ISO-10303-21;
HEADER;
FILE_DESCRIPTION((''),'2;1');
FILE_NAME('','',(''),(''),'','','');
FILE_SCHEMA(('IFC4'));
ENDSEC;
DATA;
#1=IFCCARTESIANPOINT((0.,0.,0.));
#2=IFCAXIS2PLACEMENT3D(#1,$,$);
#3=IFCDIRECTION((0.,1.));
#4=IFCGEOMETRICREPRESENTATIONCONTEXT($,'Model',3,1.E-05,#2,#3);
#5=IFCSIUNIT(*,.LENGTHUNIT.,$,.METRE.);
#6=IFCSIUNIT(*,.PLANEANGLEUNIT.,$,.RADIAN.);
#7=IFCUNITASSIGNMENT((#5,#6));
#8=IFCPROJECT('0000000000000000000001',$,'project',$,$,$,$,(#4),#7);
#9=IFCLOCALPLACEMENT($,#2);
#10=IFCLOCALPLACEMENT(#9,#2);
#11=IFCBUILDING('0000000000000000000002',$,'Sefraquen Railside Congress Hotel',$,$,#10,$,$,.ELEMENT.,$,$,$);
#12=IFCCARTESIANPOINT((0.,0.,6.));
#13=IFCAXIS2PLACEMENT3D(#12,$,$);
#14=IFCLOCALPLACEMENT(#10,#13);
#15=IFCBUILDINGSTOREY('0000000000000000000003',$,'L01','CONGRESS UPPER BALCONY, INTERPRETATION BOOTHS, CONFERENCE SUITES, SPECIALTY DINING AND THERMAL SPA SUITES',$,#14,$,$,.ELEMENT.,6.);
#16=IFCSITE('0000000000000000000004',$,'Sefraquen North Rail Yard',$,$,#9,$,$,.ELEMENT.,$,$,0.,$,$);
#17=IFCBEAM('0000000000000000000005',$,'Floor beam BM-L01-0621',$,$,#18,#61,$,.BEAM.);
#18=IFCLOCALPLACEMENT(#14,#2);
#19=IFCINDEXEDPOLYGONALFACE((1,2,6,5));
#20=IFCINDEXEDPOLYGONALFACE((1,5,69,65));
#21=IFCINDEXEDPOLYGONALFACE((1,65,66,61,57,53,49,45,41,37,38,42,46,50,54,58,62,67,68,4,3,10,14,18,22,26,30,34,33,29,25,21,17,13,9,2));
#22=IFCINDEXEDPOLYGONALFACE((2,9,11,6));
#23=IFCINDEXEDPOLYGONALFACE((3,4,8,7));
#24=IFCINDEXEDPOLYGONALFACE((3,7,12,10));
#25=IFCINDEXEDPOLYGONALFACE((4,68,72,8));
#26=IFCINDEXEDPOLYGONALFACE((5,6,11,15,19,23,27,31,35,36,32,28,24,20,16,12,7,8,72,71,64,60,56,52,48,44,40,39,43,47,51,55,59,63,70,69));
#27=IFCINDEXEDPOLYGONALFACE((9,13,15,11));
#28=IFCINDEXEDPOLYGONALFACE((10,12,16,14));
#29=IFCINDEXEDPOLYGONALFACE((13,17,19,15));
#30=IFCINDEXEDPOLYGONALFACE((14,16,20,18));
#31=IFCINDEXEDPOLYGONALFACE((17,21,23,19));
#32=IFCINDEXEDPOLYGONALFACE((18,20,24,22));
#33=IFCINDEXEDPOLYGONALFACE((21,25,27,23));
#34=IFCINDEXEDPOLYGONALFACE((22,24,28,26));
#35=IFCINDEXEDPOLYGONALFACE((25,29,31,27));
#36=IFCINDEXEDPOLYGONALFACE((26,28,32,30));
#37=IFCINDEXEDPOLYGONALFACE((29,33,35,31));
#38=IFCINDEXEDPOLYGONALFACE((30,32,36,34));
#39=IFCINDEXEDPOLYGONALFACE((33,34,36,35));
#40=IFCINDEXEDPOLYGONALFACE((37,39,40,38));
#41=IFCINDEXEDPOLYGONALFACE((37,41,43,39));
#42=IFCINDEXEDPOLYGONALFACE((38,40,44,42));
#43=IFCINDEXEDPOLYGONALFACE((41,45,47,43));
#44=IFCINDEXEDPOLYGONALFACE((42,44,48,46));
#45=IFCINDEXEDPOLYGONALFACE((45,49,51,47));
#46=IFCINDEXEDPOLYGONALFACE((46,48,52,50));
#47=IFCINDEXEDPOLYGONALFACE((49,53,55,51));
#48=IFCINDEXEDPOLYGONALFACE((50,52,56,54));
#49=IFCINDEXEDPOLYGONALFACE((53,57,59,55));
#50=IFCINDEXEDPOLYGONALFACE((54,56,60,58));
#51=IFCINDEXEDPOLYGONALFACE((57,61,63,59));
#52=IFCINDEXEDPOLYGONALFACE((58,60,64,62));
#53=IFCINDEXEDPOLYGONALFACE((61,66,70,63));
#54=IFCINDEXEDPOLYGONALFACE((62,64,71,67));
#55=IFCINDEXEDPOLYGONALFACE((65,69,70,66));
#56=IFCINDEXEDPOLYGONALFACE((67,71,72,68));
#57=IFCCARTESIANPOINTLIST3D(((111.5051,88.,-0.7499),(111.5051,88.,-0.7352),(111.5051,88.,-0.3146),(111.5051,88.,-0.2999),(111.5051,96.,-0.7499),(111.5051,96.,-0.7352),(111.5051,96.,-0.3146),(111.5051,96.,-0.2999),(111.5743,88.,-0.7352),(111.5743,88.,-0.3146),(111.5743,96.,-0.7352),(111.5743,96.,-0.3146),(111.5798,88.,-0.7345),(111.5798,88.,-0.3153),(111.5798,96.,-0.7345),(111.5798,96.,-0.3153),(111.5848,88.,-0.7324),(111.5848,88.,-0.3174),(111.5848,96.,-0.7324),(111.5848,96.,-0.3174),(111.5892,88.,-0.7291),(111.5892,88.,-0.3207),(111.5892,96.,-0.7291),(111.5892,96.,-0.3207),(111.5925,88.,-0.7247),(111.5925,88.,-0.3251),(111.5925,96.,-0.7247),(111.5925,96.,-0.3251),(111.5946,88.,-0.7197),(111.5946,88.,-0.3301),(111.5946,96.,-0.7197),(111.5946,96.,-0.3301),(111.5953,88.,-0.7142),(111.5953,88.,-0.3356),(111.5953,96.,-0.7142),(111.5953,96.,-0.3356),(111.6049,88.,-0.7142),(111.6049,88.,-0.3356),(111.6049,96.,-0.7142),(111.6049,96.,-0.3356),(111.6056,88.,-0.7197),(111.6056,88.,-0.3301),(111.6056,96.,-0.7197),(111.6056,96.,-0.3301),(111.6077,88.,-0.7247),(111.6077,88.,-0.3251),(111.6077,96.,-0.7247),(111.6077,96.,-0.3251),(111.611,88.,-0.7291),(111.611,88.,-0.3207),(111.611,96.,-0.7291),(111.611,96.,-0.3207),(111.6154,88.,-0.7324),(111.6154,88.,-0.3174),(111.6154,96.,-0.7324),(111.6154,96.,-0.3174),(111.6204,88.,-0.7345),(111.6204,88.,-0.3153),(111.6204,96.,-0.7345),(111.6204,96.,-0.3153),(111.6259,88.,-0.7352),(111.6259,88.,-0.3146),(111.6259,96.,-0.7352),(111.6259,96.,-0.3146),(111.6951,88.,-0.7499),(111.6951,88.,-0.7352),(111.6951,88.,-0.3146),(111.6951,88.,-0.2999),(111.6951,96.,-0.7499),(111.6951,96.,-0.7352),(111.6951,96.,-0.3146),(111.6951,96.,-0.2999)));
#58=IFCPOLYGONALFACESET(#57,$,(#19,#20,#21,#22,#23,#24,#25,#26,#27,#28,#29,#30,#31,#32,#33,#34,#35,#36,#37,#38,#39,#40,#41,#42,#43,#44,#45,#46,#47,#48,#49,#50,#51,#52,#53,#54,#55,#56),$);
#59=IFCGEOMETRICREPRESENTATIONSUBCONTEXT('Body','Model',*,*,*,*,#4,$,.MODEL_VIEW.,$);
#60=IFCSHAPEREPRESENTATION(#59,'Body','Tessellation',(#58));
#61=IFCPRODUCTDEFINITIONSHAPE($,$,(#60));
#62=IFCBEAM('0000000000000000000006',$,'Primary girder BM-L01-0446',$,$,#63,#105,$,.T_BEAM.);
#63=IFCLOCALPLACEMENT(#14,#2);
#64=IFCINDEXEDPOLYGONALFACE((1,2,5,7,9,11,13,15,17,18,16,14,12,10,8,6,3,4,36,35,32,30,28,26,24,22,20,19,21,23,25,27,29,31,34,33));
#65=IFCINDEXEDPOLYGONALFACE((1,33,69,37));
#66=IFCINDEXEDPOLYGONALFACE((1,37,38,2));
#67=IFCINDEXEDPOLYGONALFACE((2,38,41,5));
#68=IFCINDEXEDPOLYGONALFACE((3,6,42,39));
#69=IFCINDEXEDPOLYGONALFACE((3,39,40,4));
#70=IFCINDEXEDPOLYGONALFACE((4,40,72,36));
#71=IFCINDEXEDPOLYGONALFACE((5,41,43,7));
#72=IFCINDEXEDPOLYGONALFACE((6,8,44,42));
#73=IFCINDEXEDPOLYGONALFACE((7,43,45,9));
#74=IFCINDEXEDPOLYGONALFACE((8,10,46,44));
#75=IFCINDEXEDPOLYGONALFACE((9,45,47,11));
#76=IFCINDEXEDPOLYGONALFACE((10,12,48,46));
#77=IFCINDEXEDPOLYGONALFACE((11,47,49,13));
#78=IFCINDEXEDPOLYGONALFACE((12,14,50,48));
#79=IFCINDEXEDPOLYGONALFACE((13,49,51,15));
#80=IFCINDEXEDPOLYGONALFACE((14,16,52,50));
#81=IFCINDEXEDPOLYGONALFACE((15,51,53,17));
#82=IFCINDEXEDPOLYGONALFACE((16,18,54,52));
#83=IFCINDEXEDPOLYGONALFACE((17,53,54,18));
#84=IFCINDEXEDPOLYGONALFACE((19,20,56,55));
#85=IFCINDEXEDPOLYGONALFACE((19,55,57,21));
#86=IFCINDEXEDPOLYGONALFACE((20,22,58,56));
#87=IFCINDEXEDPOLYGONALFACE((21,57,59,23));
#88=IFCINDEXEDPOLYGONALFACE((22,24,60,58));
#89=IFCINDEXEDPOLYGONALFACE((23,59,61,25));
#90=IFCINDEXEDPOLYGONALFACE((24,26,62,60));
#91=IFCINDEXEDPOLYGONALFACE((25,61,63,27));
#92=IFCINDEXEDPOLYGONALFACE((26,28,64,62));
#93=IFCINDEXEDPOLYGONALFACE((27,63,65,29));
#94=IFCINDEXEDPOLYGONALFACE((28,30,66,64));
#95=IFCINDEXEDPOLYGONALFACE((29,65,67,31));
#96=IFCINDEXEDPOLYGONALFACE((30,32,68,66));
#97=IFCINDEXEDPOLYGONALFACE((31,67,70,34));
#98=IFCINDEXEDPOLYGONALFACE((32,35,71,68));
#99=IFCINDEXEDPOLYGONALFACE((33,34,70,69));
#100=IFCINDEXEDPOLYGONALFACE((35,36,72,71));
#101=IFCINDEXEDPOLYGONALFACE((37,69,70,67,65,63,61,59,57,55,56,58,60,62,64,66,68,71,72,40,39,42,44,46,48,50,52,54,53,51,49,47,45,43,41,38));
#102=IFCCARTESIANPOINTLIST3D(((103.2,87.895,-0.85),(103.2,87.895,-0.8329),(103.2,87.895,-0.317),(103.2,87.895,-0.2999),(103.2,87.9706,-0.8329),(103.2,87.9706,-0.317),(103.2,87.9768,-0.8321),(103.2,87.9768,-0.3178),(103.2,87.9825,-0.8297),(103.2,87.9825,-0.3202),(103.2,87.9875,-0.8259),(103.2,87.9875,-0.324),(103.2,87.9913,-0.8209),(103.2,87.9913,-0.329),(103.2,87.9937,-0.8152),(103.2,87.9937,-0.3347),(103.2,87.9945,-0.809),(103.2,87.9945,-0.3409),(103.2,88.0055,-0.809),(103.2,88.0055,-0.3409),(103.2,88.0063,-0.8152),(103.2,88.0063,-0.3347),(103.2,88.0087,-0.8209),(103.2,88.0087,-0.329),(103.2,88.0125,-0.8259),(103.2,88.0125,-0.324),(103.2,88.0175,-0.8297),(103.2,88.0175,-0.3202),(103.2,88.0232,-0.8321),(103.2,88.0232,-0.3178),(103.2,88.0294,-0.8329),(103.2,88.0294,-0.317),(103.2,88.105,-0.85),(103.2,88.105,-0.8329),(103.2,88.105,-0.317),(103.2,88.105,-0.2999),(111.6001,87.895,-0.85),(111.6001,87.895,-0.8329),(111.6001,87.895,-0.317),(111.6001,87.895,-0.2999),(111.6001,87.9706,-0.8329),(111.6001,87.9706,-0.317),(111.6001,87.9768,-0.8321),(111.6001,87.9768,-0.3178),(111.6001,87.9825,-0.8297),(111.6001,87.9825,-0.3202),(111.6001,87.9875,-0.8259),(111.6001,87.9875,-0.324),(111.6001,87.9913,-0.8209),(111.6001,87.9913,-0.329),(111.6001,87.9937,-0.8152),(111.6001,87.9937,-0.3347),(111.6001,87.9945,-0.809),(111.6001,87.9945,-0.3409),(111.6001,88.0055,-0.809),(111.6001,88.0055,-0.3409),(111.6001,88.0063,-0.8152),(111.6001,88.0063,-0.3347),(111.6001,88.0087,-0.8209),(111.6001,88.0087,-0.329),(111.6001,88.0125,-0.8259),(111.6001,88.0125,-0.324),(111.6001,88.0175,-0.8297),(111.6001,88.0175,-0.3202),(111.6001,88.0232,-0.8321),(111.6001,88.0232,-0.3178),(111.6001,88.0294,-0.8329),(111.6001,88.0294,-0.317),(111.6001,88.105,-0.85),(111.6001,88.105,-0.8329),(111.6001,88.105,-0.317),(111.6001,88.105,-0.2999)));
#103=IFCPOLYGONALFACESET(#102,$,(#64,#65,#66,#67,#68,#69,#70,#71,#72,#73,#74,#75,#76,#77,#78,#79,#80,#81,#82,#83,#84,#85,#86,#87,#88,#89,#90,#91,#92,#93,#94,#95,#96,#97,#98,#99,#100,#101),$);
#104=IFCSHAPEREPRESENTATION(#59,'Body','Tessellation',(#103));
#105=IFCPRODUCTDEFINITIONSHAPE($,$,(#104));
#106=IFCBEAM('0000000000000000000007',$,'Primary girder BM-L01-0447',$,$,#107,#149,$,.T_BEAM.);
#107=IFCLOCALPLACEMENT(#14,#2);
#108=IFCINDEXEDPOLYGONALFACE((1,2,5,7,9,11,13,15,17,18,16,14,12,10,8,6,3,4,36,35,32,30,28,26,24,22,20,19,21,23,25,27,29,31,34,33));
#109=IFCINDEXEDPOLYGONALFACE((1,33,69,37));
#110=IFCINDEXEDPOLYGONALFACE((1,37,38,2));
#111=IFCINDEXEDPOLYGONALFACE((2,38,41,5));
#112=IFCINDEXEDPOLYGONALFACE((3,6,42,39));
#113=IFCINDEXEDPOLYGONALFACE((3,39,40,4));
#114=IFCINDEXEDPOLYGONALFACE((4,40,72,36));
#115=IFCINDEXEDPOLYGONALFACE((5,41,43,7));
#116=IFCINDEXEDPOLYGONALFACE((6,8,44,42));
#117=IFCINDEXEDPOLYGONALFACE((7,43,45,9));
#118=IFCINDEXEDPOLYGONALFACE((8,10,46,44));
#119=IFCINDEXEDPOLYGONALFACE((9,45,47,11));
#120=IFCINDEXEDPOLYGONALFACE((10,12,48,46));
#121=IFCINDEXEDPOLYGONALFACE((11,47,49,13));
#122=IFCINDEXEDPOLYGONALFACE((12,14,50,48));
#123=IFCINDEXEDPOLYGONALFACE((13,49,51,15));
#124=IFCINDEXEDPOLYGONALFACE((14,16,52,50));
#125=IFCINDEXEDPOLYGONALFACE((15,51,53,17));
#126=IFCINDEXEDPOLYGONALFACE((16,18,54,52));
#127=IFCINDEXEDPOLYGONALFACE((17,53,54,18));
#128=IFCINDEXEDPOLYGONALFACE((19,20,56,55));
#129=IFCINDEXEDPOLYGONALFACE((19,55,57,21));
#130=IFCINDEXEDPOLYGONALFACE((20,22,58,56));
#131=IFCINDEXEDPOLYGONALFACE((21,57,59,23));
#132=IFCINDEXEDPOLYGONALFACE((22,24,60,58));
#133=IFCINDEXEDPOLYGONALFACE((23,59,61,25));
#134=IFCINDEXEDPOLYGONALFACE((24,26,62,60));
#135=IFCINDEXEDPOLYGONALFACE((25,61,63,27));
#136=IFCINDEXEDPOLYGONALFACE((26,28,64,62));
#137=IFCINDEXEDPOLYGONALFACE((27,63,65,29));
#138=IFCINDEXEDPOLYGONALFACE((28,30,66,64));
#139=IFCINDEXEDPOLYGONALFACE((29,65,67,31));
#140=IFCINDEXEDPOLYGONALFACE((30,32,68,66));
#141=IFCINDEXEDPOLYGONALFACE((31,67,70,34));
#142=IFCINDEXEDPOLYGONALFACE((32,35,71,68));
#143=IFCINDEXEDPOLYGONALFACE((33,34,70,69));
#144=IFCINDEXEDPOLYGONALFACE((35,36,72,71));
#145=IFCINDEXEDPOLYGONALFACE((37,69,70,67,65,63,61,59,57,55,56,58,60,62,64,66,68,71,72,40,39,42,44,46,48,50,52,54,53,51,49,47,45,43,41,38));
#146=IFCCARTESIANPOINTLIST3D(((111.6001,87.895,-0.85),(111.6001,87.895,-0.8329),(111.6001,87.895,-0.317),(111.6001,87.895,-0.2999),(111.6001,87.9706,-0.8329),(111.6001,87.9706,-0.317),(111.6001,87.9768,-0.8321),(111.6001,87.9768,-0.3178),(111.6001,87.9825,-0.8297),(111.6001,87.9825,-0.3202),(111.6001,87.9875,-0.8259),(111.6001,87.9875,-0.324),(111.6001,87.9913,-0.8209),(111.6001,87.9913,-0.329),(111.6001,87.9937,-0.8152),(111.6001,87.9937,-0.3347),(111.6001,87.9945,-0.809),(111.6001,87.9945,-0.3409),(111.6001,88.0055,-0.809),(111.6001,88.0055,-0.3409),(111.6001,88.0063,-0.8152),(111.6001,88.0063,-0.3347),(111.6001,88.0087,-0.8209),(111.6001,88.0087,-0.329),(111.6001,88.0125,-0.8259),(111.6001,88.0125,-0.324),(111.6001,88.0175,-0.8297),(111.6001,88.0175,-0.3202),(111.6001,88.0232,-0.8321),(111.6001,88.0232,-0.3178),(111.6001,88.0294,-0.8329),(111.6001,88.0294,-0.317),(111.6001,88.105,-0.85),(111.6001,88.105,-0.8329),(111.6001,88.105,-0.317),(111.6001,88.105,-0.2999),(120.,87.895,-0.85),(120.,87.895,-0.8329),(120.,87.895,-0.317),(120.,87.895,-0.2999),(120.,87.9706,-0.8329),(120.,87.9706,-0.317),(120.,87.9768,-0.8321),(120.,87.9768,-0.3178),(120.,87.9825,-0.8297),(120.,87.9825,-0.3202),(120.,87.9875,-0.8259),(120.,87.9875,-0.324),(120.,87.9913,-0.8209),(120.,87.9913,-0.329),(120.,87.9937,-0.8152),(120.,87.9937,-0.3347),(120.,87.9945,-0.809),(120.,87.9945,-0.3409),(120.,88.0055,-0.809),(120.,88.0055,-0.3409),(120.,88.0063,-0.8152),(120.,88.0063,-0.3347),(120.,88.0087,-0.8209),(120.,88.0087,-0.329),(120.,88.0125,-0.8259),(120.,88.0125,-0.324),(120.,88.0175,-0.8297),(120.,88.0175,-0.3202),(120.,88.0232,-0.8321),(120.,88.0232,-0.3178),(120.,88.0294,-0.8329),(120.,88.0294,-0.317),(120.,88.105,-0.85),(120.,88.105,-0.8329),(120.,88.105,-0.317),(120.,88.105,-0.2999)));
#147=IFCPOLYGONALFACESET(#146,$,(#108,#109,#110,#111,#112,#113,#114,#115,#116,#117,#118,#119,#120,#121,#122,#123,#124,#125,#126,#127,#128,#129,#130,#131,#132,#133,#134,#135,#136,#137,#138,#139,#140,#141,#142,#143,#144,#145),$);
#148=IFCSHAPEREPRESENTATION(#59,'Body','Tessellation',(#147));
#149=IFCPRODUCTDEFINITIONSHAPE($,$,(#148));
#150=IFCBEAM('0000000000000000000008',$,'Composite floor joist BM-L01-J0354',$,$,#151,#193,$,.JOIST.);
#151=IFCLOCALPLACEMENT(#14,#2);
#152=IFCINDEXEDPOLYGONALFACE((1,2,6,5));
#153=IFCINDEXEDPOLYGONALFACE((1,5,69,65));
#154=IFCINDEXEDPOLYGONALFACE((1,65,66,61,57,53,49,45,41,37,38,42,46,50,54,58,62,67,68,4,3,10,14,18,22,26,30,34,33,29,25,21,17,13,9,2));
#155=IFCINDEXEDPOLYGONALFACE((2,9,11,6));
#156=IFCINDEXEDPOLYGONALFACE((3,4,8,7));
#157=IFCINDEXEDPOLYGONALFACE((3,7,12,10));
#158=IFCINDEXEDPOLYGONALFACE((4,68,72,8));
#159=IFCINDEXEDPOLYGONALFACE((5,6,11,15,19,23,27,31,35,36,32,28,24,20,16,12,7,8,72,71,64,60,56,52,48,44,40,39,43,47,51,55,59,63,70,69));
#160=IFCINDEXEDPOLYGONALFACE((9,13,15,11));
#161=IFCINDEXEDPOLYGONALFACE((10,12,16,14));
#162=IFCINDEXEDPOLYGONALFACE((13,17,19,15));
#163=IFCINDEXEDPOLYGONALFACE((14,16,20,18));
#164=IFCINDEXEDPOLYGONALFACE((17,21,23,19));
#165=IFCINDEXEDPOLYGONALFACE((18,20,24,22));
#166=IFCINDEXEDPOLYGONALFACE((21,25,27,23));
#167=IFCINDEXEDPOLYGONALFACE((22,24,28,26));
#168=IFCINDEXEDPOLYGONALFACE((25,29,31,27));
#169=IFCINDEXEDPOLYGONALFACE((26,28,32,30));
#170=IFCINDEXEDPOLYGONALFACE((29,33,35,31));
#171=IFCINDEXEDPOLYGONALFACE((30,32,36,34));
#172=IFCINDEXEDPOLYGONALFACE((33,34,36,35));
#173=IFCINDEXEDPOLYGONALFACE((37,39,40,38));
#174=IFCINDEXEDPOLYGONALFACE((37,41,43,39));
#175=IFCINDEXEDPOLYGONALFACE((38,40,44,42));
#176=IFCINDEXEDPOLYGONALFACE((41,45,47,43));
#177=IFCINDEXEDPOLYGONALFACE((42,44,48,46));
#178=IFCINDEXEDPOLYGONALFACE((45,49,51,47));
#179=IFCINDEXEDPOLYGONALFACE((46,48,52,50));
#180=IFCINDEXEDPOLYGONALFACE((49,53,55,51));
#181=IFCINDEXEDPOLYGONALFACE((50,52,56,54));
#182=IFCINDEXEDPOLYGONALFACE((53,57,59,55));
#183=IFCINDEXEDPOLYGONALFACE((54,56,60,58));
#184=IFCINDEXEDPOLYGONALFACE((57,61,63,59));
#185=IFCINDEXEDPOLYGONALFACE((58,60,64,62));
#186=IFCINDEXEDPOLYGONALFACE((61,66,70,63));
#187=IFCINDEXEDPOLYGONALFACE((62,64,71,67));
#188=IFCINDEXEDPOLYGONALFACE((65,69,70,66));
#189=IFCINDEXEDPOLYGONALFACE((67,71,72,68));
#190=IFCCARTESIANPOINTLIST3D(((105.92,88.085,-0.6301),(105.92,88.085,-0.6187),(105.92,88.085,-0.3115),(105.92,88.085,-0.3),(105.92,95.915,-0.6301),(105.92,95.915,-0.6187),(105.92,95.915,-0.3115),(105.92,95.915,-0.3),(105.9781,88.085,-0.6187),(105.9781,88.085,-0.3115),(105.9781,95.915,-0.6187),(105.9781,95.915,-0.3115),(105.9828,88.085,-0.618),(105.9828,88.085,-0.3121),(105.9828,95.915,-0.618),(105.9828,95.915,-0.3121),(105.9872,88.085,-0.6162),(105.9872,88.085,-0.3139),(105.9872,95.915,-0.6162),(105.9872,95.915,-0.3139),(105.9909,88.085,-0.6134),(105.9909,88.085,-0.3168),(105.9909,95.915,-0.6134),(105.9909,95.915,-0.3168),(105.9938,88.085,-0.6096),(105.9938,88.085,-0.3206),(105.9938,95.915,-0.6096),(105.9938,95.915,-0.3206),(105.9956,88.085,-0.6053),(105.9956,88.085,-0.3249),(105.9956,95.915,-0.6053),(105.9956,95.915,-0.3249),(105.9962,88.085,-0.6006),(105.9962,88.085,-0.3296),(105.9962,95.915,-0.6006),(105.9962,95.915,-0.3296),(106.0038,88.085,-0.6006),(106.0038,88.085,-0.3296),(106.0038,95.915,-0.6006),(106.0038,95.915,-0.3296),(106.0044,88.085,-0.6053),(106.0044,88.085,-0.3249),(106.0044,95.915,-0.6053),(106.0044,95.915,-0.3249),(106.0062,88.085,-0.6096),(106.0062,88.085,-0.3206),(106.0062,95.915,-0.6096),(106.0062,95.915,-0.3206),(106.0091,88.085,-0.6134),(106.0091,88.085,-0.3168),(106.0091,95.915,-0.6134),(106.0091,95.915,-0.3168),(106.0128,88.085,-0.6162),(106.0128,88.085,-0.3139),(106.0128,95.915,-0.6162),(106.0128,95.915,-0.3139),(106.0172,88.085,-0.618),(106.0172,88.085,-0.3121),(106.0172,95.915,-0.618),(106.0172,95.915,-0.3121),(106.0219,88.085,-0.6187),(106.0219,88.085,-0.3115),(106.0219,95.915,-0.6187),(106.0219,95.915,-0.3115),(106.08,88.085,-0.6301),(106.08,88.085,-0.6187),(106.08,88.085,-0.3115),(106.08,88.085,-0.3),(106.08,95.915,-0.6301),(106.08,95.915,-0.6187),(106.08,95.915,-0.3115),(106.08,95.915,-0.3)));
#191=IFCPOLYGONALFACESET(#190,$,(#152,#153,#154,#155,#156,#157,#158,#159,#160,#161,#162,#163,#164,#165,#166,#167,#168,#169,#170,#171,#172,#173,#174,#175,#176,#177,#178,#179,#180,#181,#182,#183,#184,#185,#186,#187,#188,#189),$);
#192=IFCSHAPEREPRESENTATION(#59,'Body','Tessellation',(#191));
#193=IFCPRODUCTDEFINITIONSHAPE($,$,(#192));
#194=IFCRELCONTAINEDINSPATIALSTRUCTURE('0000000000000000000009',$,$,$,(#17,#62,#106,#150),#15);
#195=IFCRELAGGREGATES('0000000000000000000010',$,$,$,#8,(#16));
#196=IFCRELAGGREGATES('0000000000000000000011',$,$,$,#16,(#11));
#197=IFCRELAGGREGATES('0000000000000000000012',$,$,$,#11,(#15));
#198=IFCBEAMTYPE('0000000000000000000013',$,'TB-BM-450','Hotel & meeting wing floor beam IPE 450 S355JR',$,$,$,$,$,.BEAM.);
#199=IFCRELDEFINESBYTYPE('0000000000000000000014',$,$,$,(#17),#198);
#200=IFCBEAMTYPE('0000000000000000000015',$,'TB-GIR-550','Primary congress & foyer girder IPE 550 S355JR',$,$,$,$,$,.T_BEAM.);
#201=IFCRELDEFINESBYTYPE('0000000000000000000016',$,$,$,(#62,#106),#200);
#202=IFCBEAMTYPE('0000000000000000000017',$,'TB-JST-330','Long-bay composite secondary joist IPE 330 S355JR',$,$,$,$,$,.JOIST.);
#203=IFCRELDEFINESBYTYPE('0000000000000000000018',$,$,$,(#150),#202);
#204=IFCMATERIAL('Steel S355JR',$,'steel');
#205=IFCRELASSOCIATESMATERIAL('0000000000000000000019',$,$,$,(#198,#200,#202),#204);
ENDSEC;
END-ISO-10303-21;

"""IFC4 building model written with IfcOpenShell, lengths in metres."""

from ifc_helpers import new_model, si_unit, direction, frame, origin, origin_2d, place, context, subcontext, project, spatial, i_section, extrude, material, material_profile, profile_set, type_object, element, save


model = new_model("IFC4")

# Units and contexts
model_context = context("Model", 3, precision=1e-05, world=origin(), true_north=direction((0.0, 1.0)))
body_context = subcontext(model_context, "Body", "Model", "MODEL_VIEW")
ifc_project = project(units=[si_unit("LENGTHUNIT", "METRE"), si_unit("PLANEANGLEUNIT", "RADIAN")], contexts=[model_context])

# Site, building, storey
site_placement = place(None, origin())
site = spatial("IfcSite", under=ifc_project, at=site_placement, Name="Sefraquen North Rail Yard", CompositionType="ELEMENT", RefElevation=0.0)
building_placement = place(site_placement, origin())
building = spatial("IfcBuilding", under=site, at=building_placement, Name="Sefraquen Railside Congress Hotel", CompositionType="ELEMENT")
storey_placement = place(building_placement, frame((0.0, 0.0, 6.0)))
storey = spatial("IfcBuildingStorey", under=building, at=storey_placement, Name="L01", Description="CONGRESS UPPER BALCONY, INTERPRETATION BOOTHS, CONFERENCE SUITES, SPECIALTY DINING AND THERMAL SPA SUITES", CompositionType="ELEMENT", Elevation=6.0)

# Shared definitions
ifc_material_1 = material(Name="Steel S355JR", Category="steel")

# Beams
ifc_material_profile_1 = material_profile(ifc_material_1, i_section(OverallWidth=0.1899, OverallDepth=0.45, WebThickness=0.0095, FlangeThickness=0.0146, FilletRadius=0.021, at=origin_2d()), Name="IPE 450")
ifc_profile_set_1 = profile_set([ifc_material_profile_1], Name="Steel S355JR")
beam_type_1 = type_object("IfcBeamType", Name="TB-BM-450", Description="Hotel & meeting wing floor beam IPE 450 S355JR", PredefinedType="BEAM", material=ifc_profile_set_1)
for number, where, z_axis, x_axis, name in (
    (1, (111.6001, 88.0, -0.5249), (0.0, 1.0, 0.0), (-1.0, 0.0, 0.0), "Floor beam BM-L01-0621"),
):
    element("IfcBeam", number, at=place(storey_placement, frame(where, z_axis=z_axis, x_axis=x_axis)), inside=storey, type_object=beam_type_1, Name=name, PredefinedType="BEAM", context=body_context, shape_type="SweptSolid", body=[
        extrude(i_section(OverallWidth=0.1899, OverallDepth=0.45, WebThickness=0.0095, FlangeThickness=0.0146, FilletRadius=0.021, at=origin_2d()), origin(), (0.0, 0.0, 1.0), 8.0),
    ])
ifc_material_profile_2 = material_profile(ifc_material_1, i_section(OverallWidth=0.21, OverallDepth=0.55, WebThickness=0.011, FlangeThickness=0.0171, FilletRadius=0.0239, at=origin_2d()), Name="IPE 550")
ifc_profile_set_2 = profile_set([ifc_material_profile_2], Name="Steel S355JR")
beam_type_2 = type_object("IfcBeamType", Name="TB-GIR-550", Description="Primary congress & foyer girder IPE 550 S355JR", PredefinedType="T_BEAM", material=ifc_profile_set_2)
beam_1_placement = place(storey_placement, frame((103.2, 88.0, -0.575), z_axis=(1.0, 0.0, 0.0), x_axis=(0.0, 1.0, 0.0)))
element("IfcBeam", 2, at=beam_1_placement, inside=storey, type_object=beam_type_2, Name="Primary girder BM-L01-0446", PredefinedType="T_BEAM", context=body_context, shape_type="SweptSolid", body=[
    extrude(i_section(OverallWidth=0.21, OverallDepth=0.55, WebThickness=0.011, FlangeThickness=0.0171, FilletRadius=0.0239, at=origin_2d()), origin(), (0.0, 0.0, 1.0), 8.4001),
])
beam_2_placement = place(storey_placement, frame((111.6001, 88.0, -0.575), z_axis=(1.0, 0.0, 0.0), x_axis=(0.0, 1.0, 0.0)))
element("IfcBeam", 3, at=beam_2_placement, inside=storey, type_object=beam_type_2, Name="Primary girder BM-L01-0447", PredefinedType="T_BEAM", context=body_context, shape_type="SweptSolid", body=[
    extrude(i_section(OverallWidth=0.21, OverallDepth=0.55, WebThickness=0.011, FlangeThickness=0.0171, FilletRadius=0.0239, at=origin_2d()), origin(), (0.0, 0.0, 1.0), 8.3999),
])
ifc_material_profile_3 = material_profile(ifc_material_1, i_section(OverallWidth=0.1599, OverallDepth=0.3301, WebThickness=0.0076, FlangeThickness=0.0115, FilletRadius=0.0181, at=origin_2d()), Name="IPE 330")
ifc_profile_set_3 = profile_set([ifc_material_profile_3], Name="Steel S355JR")
beam_type_3 = type_object("IfcBeamType", Name="TB-JST-330", Description="Long-bay composite secondary joist IPE 330 S355JR", PredefinedType="JOIST", material=ifc_profile_set_3)
beam_3_placement = place(storey_placement, frame((106.0, 88.085, -0.4651), z_axis=(0.0, 1.0, 0.0), x_axis=(-1.0, 0.0, 0.0)))
element("IfcBeam", 4, at=beam_3_placement, inside=storey, type_object=beam_type_3, Name="Composite floor joist BM-L01-J0354", PredefinedType="JOIST", context=body_context, shape_type="SweptSolid", body=[
    extrude(i_section(OverallWidth=0.1599, OverallDepth=0.3301, WebThickness=0.0076, FlangeThickness=0.0115, FilletRadius=0.0181, at=origin_2d()), origin(), (0.0, 0.0, 1.0), 7.8301),
])

save(model, "model.ifc")
